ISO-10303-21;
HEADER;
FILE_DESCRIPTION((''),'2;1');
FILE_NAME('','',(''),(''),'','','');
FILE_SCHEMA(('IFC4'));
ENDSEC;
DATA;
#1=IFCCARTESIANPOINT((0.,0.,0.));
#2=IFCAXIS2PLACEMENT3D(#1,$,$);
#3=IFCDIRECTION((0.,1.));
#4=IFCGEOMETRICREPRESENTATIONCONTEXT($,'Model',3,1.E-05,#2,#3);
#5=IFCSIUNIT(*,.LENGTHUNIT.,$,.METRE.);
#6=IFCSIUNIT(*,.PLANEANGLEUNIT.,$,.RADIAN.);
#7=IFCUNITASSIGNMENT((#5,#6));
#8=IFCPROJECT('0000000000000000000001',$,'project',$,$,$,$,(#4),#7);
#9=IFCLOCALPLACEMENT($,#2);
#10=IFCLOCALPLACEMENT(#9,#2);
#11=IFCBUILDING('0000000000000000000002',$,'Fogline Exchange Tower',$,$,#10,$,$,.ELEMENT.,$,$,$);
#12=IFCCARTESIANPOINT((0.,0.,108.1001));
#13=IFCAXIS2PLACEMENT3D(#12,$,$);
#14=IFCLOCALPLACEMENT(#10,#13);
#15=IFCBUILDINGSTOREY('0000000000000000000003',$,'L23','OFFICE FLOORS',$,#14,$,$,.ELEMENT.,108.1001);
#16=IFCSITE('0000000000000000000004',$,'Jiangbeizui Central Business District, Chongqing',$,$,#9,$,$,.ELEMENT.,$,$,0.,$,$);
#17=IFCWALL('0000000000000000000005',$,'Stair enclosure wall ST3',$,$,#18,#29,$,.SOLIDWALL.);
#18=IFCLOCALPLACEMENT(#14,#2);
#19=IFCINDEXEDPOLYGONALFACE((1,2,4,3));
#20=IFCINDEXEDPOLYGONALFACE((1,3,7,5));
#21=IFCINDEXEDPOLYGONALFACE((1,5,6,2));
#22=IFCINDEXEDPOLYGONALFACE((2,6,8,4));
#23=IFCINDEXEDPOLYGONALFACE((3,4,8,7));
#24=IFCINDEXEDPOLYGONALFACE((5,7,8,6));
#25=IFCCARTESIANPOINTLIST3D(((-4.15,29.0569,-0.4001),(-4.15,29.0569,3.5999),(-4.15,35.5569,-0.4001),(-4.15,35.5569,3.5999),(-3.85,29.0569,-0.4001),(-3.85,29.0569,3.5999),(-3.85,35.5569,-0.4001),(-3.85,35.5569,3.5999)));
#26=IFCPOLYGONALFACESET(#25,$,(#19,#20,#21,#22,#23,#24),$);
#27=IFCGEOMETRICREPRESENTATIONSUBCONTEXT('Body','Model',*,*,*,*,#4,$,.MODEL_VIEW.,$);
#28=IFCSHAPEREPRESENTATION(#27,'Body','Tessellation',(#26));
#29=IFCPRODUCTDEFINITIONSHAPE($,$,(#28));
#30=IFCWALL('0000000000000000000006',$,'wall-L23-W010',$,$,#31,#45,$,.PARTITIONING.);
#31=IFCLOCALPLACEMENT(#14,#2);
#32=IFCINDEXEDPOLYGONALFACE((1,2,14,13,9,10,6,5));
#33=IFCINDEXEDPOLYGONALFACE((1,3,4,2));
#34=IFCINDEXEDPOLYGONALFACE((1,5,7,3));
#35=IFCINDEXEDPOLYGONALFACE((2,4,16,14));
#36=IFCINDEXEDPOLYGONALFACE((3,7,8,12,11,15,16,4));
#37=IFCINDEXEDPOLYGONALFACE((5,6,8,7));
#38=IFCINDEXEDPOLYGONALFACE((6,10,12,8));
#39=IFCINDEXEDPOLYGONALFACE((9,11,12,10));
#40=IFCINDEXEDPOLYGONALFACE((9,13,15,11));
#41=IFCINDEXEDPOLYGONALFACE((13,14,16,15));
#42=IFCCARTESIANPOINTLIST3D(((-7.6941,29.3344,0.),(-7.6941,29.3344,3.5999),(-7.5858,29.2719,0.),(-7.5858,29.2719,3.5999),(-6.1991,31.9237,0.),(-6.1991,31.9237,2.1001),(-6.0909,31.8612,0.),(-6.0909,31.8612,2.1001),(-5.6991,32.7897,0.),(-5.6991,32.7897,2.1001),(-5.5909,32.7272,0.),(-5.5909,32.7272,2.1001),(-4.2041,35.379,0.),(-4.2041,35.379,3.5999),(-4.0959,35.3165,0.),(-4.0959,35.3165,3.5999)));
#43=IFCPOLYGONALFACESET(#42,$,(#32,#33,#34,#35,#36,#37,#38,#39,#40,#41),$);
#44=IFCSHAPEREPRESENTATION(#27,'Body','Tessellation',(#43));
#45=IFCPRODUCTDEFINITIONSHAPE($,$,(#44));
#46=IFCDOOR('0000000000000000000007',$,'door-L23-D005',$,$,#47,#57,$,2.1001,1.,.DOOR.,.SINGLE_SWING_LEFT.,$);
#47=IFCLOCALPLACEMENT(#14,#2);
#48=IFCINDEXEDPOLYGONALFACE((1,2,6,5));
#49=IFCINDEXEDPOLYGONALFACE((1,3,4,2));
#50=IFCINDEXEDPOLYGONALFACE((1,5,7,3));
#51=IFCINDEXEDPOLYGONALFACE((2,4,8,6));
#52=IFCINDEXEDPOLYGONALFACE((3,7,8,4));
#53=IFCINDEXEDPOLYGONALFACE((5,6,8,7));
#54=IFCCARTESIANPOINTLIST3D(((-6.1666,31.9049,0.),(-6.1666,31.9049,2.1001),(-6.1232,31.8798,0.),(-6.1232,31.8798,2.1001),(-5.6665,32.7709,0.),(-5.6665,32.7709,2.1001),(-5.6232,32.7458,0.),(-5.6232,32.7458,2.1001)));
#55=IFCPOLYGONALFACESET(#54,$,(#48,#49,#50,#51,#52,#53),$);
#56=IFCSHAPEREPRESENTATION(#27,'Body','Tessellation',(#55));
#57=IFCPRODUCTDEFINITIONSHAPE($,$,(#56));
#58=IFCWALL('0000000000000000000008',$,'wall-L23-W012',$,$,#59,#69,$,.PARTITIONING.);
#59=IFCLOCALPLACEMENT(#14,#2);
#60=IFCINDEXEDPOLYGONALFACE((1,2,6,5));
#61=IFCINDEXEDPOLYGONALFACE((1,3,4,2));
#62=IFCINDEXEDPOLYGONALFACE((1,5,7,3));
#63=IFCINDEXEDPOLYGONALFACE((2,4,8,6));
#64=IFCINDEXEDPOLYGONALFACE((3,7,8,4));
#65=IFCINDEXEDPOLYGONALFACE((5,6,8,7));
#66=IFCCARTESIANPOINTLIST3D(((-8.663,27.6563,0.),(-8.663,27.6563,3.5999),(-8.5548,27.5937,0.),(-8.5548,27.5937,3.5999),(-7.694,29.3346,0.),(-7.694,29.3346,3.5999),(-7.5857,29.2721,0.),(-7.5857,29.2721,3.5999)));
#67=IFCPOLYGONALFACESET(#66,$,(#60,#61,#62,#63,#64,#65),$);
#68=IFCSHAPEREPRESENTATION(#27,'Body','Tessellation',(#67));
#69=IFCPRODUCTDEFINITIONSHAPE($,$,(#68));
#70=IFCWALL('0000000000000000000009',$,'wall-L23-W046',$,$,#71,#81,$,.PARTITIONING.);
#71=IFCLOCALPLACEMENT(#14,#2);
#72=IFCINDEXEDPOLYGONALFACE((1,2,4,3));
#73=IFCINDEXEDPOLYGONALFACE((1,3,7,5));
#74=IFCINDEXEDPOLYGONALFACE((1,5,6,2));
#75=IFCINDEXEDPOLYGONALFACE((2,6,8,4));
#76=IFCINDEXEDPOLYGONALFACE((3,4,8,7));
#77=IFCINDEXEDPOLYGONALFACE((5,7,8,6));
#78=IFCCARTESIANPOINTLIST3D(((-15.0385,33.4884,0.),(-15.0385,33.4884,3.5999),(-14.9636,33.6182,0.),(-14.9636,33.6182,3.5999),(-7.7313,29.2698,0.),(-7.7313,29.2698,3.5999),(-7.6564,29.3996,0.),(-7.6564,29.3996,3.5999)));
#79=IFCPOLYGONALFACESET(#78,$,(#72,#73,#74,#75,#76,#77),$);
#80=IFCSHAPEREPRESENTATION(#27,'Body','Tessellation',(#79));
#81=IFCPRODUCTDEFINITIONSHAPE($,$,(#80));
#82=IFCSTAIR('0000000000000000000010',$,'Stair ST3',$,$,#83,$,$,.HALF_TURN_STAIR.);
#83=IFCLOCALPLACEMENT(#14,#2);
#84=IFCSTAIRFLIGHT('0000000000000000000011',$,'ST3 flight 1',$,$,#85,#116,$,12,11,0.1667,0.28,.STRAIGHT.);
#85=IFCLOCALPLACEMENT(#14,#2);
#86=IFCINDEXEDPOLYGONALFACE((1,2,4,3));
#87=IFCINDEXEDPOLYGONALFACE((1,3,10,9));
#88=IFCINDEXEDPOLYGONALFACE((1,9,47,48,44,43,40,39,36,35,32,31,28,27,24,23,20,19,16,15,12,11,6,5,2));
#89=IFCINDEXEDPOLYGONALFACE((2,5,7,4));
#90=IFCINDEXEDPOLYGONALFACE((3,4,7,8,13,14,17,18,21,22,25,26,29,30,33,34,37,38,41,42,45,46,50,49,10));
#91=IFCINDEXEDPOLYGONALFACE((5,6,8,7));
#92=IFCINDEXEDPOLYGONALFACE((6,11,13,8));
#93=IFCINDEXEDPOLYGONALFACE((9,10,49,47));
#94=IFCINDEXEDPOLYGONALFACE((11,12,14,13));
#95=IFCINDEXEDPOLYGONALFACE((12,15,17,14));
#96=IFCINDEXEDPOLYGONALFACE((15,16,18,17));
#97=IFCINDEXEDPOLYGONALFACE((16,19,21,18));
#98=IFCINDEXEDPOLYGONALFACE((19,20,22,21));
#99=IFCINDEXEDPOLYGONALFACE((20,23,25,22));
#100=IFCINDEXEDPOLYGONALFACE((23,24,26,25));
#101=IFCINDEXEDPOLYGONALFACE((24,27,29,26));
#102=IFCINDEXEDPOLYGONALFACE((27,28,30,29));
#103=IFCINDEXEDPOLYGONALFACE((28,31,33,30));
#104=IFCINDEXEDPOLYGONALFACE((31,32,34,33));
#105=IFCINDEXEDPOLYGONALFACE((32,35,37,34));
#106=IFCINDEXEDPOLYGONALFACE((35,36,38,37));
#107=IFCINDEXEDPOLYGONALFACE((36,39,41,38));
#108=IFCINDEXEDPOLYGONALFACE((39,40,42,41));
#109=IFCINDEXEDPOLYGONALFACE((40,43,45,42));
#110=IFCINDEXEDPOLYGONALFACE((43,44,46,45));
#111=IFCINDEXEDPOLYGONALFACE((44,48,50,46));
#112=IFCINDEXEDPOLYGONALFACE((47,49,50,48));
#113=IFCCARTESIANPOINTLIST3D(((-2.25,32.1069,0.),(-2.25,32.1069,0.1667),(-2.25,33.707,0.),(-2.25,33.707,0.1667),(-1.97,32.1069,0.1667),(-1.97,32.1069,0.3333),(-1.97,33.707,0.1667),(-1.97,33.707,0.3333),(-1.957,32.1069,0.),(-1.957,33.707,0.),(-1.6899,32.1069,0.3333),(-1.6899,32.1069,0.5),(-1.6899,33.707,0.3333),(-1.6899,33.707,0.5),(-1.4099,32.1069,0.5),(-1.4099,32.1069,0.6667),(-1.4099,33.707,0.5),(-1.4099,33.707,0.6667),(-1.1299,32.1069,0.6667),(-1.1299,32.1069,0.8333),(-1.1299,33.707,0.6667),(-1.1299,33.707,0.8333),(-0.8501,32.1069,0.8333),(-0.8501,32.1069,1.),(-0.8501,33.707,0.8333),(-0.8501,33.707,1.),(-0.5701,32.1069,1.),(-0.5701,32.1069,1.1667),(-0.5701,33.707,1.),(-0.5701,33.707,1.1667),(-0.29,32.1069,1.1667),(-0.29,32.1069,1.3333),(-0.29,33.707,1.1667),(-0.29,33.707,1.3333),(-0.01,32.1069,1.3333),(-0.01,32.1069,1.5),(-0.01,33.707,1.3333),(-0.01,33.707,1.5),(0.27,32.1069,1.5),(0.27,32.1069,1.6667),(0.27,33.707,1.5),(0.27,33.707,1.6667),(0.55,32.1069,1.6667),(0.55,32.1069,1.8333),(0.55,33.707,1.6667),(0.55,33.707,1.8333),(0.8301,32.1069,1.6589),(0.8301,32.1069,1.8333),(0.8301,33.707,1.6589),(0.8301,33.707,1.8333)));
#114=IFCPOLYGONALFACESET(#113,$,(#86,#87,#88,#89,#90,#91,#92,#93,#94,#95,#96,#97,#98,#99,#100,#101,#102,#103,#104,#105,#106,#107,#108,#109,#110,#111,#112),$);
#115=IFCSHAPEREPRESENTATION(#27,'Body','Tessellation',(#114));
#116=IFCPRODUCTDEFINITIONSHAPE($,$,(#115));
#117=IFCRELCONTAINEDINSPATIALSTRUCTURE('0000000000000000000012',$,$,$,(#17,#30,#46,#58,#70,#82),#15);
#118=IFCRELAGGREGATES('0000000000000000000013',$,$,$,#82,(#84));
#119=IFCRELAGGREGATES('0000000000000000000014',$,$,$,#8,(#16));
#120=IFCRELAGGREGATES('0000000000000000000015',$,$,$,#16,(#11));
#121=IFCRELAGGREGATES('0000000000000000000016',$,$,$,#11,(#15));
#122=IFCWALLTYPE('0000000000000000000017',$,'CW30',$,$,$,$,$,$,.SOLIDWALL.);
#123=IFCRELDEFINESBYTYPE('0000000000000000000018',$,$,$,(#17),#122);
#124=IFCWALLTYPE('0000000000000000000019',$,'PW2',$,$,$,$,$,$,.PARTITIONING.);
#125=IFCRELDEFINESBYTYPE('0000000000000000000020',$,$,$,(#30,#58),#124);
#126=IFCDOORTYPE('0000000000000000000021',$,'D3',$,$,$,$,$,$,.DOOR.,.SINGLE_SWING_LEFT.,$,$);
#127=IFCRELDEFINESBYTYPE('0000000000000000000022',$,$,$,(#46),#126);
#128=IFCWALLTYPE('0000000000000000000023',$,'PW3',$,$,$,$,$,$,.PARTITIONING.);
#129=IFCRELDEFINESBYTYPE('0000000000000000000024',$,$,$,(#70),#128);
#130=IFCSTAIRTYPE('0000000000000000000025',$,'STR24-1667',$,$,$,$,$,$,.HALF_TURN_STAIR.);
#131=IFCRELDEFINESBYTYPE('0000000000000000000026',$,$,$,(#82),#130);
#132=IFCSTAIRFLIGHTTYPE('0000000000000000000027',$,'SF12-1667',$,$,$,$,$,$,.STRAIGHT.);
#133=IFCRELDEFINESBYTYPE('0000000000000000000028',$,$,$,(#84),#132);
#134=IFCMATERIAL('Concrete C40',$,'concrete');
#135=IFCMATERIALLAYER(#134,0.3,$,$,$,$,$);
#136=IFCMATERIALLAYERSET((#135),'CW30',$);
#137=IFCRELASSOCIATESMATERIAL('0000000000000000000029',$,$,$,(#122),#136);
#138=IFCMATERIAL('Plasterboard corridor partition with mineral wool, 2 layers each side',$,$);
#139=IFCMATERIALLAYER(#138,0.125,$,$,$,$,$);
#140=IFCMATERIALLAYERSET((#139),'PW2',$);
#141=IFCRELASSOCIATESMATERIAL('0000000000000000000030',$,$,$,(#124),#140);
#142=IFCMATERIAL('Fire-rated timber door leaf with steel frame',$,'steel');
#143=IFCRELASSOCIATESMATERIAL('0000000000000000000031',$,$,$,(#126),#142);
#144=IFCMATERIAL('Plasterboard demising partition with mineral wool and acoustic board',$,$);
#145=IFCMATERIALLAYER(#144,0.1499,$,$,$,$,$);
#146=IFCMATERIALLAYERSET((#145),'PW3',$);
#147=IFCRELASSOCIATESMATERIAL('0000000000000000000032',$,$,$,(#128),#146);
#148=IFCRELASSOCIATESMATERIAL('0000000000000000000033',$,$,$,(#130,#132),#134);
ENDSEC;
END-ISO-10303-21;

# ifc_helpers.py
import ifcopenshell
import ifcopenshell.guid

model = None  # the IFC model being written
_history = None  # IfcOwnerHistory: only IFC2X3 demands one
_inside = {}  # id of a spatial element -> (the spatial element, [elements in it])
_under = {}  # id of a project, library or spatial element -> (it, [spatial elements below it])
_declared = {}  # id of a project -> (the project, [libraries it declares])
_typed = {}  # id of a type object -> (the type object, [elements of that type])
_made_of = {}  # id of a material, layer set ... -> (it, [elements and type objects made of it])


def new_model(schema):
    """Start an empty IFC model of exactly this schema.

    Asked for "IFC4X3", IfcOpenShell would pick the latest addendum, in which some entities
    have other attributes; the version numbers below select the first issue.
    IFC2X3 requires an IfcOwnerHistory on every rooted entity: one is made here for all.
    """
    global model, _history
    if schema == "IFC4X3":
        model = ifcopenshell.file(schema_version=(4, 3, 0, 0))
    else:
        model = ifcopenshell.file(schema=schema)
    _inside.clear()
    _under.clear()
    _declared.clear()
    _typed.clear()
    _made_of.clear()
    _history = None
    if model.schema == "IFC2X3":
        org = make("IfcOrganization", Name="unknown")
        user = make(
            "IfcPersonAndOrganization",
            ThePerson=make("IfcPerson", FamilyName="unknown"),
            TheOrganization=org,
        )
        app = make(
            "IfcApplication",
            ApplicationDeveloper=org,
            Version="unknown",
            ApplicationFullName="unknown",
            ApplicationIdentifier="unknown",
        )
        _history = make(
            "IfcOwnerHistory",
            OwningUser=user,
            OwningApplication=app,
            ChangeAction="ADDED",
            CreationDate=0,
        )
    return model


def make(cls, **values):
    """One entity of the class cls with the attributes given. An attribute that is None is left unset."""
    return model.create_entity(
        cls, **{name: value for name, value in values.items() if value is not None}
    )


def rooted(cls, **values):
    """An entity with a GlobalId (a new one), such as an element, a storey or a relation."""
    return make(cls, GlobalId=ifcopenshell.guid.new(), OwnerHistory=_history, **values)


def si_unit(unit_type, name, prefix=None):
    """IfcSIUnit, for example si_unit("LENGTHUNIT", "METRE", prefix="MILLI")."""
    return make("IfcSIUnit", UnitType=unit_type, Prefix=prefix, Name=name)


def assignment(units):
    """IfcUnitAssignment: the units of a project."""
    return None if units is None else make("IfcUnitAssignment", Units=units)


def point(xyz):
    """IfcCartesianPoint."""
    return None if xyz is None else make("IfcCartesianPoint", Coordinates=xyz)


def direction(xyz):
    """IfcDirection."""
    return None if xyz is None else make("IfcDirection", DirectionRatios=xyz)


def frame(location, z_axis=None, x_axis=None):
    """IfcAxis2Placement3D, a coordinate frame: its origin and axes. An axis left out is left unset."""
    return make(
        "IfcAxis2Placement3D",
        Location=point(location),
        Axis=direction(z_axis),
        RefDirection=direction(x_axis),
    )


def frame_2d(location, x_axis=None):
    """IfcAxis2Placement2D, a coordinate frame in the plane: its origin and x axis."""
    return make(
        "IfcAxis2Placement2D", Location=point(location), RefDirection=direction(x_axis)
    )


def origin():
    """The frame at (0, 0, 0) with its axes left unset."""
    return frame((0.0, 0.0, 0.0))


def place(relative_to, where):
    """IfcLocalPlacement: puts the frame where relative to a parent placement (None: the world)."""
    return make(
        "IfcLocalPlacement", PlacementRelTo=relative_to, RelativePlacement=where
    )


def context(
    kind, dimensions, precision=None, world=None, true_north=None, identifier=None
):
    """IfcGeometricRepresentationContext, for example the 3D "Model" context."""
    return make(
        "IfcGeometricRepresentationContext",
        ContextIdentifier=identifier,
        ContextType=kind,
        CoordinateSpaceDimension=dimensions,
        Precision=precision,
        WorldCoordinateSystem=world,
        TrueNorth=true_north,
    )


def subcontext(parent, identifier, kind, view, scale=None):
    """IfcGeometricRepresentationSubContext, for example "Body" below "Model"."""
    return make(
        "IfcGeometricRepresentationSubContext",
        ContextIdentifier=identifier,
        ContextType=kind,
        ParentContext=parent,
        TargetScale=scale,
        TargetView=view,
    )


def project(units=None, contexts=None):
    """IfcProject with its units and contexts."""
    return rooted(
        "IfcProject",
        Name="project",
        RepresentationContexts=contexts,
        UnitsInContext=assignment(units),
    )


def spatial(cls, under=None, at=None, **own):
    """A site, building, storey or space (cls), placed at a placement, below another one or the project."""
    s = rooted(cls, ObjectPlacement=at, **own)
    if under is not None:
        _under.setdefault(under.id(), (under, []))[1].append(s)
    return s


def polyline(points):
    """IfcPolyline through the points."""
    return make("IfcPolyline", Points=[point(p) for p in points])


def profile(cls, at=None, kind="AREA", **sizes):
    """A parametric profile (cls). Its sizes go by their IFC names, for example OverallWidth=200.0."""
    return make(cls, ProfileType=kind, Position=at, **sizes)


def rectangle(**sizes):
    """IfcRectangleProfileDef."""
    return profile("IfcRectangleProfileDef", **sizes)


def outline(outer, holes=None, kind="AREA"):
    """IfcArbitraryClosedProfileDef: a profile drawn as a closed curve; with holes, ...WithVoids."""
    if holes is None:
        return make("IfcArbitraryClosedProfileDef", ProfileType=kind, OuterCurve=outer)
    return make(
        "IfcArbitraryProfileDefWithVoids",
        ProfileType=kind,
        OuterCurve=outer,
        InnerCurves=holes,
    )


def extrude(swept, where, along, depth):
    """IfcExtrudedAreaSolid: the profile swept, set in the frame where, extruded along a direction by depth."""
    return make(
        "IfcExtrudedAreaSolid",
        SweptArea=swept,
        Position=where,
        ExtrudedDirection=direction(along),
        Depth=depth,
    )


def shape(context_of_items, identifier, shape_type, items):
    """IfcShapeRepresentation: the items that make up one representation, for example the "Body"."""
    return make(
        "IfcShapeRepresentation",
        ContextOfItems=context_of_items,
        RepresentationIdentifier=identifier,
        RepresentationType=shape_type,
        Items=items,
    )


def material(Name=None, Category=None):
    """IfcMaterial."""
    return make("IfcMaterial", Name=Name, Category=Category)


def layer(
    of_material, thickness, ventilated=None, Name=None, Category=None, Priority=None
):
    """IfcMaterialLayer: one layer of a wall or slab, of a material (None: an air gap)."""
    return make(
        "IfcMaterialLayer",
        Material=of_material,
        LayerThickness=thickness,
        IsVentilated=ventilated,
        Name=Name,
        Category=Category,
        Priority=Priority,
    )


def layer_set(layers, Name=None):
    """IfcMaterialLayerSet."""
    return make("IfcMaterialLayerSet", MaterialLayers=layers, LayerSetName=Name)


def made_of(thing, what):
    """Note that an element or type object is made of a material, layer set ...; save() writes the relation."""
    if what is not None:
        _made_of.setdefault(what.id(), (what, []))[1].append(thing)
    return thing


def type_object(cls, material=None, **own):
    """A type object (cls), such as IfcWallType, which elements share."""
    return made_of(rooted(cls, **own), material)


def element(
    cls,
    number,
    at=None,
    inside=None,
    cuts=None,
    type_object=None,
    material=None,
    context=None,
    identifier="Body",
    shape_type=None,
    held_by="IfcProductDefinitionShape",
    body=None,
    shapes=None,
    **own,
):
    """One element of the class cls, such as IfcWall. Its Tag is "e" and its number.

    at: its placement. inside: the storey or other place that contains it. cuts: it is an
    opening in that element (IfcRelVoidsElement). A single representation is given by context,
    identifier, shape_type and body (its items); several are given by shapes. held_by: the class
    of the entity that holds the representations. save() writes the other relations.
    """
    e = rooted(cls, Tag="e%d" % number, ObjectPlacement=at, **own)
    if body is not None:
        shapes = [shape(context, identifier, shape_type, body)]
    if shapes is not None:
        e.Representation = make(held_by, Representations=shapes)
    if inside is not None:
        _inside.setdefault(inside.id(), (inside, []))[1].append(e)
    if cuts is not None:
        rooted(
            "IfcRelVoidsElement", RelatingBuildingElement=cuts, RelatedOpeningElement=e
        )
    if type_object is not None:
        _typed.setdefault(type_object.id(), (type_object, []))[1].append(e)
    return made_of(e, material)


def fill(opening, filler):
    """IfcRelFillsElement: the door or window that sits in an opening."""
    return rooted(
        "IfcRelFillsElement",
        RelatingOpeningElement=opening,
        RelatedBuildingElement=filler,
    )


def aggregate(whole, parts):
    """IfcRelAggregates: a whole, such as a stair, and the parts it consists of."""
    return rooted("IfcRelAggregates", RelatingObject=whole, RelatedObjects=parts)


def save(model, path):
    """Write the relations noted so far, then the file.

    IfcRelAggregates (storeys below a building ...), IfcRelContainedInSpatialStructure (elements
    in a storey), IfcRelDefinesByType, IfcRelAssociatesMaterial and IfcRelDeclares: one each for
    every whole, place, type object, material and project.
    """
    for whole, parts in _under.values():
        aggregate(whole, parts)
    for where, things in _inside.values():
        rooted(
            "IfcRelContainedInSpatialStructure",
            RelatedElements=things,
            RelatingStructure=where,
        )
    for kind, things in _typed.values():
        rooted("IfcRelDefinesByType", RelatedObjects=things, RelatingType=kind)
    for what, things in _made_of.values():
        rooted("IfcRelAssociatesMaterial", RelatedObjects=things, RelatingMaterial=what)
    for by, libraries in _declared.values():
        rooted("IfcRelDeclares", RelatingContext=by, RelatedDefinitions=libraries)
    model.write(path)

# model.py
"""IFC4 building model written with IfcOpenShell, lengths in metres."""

from ifc_helpers import new_model, si_unit, direction, frame, frame_2d, origin, place, context, subcontext, project, spatial, polyline, rectangle, outline, extrude, material, layer, layer_set, type_object, element, fill, aggregate, save


model = new_model("IFC4")

# Units and contexts
model_context = context("Model", 3, precision=1e-05, world=origin(), true_north=direction((0.0, 1.0)))
body_context = subcontext(model_context, "Body", "Model", "MODEL_VIEW")
ifc_project = project(units=[si_unit("LENGTHUNIT", "METRE"), si_unit("PLANEANGLEUNIT", "RADIAN")], contexts=[model_context])

# Site, building, storey
site_placement = place(None, origin())
site = spatial("IfcSite", under=ifc_project, at=site_placement, Name="Jiangbeizui Central Business District, Chongqing", CompositionType="ELEMENT", RefElevation=0.0)
building_placement = place(site_placement, origin())
building = spatial("IfcBuilding", under=site, at=building_placement, Name="Fogline Exchange Tower", CompositionType="ELEMENT")
storey_placement = place(building_placement, frame((0.0, 0.0, 108.1001)))
storey = spatial("IfcBuildingStorey", under=building, at=storey_placement, Name="L23", Description="OFFICE FLOORS", CompositionType="ELEMENT", Elevation=108.1001)

# Shared definitions
ifc_material_1 = material(Name="Concrete C40", Category="concrete")

# Shared definitions
ifc_layer_1 = layer(ifc_material_1, 0.3)
ifc_layer_set_1 = layer_set([ifc_layer_1], Name="CW30")
wall_type_1 = type_object("IfcWallType", Name="CW30", PredefinedType="SOLIDWALL", material=ifc_layer_set_1)

# Wall
wall_1_placement = place(storey_placement, frame((-4.0, 29.0569, -0.4001), z_axis=(0.0, 0.0, 1.0), x_axis=(0.0, 1.0, 0.0)))
element("IfcWall", 1, at=wall_1_placement, inside=storey, type_object=wall_type_1, Name="Stair enclosure wall ST3", PredefinedType="SOLIDWALL", context=body_context, shape_type="SweptSolid", body=[
    extrude(rectangle(XDim=6.5, YDim=0.3, at=frame_2d((3.25, 0.0))), origin(), (0.0, 0.0, 1.0), 4.0),
])

# Wall, opening, door
ifc_material_2 = material(Name="Plasterboard corridor partition with mineral wool, 2 layers each side")
ifc_layer_2 = layer(ifc_material_2, 0.125)
ifc_layer_set_2 = layer_set([ifc_layer_2], Name="PW2")
wall_type_2 = type_object("IfcWallType", Name="PW2", PredefinedType="PARTITIONING", material=ifc_layer_set_2)
wall_2_placement = place(storey_placement, frame((-7.6399, 29.3032, 0.0), z_axis=(0.0, 0.0, 1.0), x_axis=(0.50001, 0.86602, 0.0)))
wall_2 = element("IfcWall", 2, at=wall_2_placement, inside=storey, type_object=wall_type_2, Name="wall-L23-W010", PredefinedType="PARTITIONING", context=body_context, shape_type="SweptSolid", body=[
    extrude(rectangle(XDim=6.9797, YDim=0.125, at=frame_2d((3.4897, 0.0))), origin(), (0.0, 0.0, 1.0), 3.5999),
])
opening_1_placement = place(wall_2_placement, frame((2.9897, 0.0, 0.0)))
opening_1 = element("IfcOpeningElement", 3, at=opening_1_placement, cuts=wall_2, PredefinedType="OPENING", context=body_context, shape_type="SweptSolid", body=[
    extrude(rectangle(XDim=1.0, YDim=2.1001, at=frame_2d((0.5, 1.05))), frame((0.0, 0.0725, 0.0), z_axis=(0.0, -1.0, 0.0), x_axis=(1.0, 0.0, 0.0)), (0.0, 0.0, 1.0), 0.145),
])
ifc_material_3 = material(Name="Fire-rated timber door leaf with steel frame", Category="steel")
door_type_1 = type_object("IfcDoorType", Name="D3", OperationType="SINGLE_SWING_LEFT", PredefinedType="DOOR", material=ifc_material_3)
door_1_placement = place(opening_1_placement, origin())
door_1 = element("IfcDoor", 4, at=door_1_placement, inside=storey, type_object=door_type_1, Name="door-L23-D005", OperationType="SINGLE_SWING_LEFT", OverallHeight=2.1001, OverallWidth=1.0, PredefinedType="DOOR", context=body_context, shape_type="SweptSolid", body=[
    extrude(rectangle(XDim=1.0, YDim=2.1001, at=frame_2d((0.5, 1.05))), frame((0.0, 0.0249, 0.0), z_axis=(0.0, -1.0, 0.0), x_axis=(1.0, 0.0, 0.0)), (0.0, 0.0, 1.0), 0.05),
])
fill(opening_1, door_1)

# Walls
wall_3_placement = place(storey_placement, frame((-8.6089, 27.625, 0.0), z_axis=(0.0, 0.0, 1.0), x_axis=(0.500028, 0.866009, 0.0)))
element("IfcWall", 5, at=wall_3_placement, inside=storey, type_object=wall_type_2, Name="wall-L23-W012", PredefinedType="PARTITIONING", context=body_context, shape_type="SweptSolid", body=[
    extrude(rectangle(XDim=1.938, YDim=0.125, at=frame_2d((0.969, 0.0))), origin(), (0.0, 0.0, 1.0), 3.5999),
])
ifc_material_4 = material(Name="Plasterboard demising partition with mineral wool and acoustic board")
ifc_layer_3 = layer(ifc_material_4, 0.1499)
ifc_layer_set_3 = layer_set([ifc_layer_3], Name="PW3")
wall_type_3 = type_object("IfcWallType", Name="PW3", PredefinedType="PARTITIONING", material=ifc_layer_set_3)
wall_4_placement = place(storey_placement, frame((-7.6938, 29.3347, 0.0), z_axis=(0.0, 0.0, 1.0), x_axis=(-0.866039, 0.499976, 0.0)))
element("IfcWall", 6, at=wall_4_placement, inside=storey, type_object=wall_type_3, Name="wall-L23-W046", PredefinedType="PARTITIONING", context=body_context, shape_type="SweptSolid", body=[
    extrude(rectangle(XDim=8.4375, YDim=0.1499, at=frame_2d((4.2188, 0.0))), origin(), (0.0, 0.0, 1.0), 3.5999),
])

# Stair, stair flight
stair_type = type_object("IfcStairType", Name="STR24-1667", PredefinedType="HALF_TURN_STAIR", material=ifc_material_1)
stair_placement = place(storey_placement, origin())
stair = element("IfcStair", 7, at=stair_placement, inside=storey, type_object=stair_type, Name="Stair ST3", PredefinedType="HALF_TURN_STAIR")
stair_flight_type = type_object("IfcStairFlightType", Name="SF12-1667", PredefinedType="STRAIGHT", material=ifc_material_1)
stair_flight_placement = place(storey_placement, frame((-2.25, 32.907, 0.0), z_axis=(0.0, 0.0, 1.0), x_axis=(1.0, 0.0, 0.0)))
stair_flight = element("IfcStairFlight", 8, at=stair_flight_placement, type_object=stair_flight_type, Name="ST3 flight 1", NumberOfRisers=12, NumberOfTreads=11, PredefinedType="STRAIGHT", RiserHeight=0.1667, TreadLength=0.28, context=body_context, shape_type="SweptSolid", body=[
    extrude(outline(polyline([(0.0, 0.0), (0.0, 0.1667), (0.28, 0.1667), (0.28, 0.3333), (0.5601, 0.3333), (0.5601, 0.5), (0.8401, 0.5), (0.8401, 0.6667), (1.1201, 0.6667), (1.1201, 0.8333), (1.3999, 0.8333), (1.3999, 1.0), (1.6799, 1.0), (1.6799, 1.1667), (1.96, 1.1667), (1.96, 1.3333), (2.24, 1.3333), (2.24, 1.5), (2.52, 1.5), (2.52, 1.6667), (2.8, 1.6667), (2.8, 1.8333), (3.0801, 1.8333), (3.0801, 2.0), (3.0801, 1.6589), (0.293, 0.0), (0.0, 0.0)])), frame((0.0, 0.8, 0.0), z_axis=(0.0, -1.0, 0.0), x_axis=(1.0, 0.0, 0.0)), (0.0, 0.0, 1.0), 1.6001),
])
aggregate(stair, [stair_flight])

save(model, "model.ifc")
